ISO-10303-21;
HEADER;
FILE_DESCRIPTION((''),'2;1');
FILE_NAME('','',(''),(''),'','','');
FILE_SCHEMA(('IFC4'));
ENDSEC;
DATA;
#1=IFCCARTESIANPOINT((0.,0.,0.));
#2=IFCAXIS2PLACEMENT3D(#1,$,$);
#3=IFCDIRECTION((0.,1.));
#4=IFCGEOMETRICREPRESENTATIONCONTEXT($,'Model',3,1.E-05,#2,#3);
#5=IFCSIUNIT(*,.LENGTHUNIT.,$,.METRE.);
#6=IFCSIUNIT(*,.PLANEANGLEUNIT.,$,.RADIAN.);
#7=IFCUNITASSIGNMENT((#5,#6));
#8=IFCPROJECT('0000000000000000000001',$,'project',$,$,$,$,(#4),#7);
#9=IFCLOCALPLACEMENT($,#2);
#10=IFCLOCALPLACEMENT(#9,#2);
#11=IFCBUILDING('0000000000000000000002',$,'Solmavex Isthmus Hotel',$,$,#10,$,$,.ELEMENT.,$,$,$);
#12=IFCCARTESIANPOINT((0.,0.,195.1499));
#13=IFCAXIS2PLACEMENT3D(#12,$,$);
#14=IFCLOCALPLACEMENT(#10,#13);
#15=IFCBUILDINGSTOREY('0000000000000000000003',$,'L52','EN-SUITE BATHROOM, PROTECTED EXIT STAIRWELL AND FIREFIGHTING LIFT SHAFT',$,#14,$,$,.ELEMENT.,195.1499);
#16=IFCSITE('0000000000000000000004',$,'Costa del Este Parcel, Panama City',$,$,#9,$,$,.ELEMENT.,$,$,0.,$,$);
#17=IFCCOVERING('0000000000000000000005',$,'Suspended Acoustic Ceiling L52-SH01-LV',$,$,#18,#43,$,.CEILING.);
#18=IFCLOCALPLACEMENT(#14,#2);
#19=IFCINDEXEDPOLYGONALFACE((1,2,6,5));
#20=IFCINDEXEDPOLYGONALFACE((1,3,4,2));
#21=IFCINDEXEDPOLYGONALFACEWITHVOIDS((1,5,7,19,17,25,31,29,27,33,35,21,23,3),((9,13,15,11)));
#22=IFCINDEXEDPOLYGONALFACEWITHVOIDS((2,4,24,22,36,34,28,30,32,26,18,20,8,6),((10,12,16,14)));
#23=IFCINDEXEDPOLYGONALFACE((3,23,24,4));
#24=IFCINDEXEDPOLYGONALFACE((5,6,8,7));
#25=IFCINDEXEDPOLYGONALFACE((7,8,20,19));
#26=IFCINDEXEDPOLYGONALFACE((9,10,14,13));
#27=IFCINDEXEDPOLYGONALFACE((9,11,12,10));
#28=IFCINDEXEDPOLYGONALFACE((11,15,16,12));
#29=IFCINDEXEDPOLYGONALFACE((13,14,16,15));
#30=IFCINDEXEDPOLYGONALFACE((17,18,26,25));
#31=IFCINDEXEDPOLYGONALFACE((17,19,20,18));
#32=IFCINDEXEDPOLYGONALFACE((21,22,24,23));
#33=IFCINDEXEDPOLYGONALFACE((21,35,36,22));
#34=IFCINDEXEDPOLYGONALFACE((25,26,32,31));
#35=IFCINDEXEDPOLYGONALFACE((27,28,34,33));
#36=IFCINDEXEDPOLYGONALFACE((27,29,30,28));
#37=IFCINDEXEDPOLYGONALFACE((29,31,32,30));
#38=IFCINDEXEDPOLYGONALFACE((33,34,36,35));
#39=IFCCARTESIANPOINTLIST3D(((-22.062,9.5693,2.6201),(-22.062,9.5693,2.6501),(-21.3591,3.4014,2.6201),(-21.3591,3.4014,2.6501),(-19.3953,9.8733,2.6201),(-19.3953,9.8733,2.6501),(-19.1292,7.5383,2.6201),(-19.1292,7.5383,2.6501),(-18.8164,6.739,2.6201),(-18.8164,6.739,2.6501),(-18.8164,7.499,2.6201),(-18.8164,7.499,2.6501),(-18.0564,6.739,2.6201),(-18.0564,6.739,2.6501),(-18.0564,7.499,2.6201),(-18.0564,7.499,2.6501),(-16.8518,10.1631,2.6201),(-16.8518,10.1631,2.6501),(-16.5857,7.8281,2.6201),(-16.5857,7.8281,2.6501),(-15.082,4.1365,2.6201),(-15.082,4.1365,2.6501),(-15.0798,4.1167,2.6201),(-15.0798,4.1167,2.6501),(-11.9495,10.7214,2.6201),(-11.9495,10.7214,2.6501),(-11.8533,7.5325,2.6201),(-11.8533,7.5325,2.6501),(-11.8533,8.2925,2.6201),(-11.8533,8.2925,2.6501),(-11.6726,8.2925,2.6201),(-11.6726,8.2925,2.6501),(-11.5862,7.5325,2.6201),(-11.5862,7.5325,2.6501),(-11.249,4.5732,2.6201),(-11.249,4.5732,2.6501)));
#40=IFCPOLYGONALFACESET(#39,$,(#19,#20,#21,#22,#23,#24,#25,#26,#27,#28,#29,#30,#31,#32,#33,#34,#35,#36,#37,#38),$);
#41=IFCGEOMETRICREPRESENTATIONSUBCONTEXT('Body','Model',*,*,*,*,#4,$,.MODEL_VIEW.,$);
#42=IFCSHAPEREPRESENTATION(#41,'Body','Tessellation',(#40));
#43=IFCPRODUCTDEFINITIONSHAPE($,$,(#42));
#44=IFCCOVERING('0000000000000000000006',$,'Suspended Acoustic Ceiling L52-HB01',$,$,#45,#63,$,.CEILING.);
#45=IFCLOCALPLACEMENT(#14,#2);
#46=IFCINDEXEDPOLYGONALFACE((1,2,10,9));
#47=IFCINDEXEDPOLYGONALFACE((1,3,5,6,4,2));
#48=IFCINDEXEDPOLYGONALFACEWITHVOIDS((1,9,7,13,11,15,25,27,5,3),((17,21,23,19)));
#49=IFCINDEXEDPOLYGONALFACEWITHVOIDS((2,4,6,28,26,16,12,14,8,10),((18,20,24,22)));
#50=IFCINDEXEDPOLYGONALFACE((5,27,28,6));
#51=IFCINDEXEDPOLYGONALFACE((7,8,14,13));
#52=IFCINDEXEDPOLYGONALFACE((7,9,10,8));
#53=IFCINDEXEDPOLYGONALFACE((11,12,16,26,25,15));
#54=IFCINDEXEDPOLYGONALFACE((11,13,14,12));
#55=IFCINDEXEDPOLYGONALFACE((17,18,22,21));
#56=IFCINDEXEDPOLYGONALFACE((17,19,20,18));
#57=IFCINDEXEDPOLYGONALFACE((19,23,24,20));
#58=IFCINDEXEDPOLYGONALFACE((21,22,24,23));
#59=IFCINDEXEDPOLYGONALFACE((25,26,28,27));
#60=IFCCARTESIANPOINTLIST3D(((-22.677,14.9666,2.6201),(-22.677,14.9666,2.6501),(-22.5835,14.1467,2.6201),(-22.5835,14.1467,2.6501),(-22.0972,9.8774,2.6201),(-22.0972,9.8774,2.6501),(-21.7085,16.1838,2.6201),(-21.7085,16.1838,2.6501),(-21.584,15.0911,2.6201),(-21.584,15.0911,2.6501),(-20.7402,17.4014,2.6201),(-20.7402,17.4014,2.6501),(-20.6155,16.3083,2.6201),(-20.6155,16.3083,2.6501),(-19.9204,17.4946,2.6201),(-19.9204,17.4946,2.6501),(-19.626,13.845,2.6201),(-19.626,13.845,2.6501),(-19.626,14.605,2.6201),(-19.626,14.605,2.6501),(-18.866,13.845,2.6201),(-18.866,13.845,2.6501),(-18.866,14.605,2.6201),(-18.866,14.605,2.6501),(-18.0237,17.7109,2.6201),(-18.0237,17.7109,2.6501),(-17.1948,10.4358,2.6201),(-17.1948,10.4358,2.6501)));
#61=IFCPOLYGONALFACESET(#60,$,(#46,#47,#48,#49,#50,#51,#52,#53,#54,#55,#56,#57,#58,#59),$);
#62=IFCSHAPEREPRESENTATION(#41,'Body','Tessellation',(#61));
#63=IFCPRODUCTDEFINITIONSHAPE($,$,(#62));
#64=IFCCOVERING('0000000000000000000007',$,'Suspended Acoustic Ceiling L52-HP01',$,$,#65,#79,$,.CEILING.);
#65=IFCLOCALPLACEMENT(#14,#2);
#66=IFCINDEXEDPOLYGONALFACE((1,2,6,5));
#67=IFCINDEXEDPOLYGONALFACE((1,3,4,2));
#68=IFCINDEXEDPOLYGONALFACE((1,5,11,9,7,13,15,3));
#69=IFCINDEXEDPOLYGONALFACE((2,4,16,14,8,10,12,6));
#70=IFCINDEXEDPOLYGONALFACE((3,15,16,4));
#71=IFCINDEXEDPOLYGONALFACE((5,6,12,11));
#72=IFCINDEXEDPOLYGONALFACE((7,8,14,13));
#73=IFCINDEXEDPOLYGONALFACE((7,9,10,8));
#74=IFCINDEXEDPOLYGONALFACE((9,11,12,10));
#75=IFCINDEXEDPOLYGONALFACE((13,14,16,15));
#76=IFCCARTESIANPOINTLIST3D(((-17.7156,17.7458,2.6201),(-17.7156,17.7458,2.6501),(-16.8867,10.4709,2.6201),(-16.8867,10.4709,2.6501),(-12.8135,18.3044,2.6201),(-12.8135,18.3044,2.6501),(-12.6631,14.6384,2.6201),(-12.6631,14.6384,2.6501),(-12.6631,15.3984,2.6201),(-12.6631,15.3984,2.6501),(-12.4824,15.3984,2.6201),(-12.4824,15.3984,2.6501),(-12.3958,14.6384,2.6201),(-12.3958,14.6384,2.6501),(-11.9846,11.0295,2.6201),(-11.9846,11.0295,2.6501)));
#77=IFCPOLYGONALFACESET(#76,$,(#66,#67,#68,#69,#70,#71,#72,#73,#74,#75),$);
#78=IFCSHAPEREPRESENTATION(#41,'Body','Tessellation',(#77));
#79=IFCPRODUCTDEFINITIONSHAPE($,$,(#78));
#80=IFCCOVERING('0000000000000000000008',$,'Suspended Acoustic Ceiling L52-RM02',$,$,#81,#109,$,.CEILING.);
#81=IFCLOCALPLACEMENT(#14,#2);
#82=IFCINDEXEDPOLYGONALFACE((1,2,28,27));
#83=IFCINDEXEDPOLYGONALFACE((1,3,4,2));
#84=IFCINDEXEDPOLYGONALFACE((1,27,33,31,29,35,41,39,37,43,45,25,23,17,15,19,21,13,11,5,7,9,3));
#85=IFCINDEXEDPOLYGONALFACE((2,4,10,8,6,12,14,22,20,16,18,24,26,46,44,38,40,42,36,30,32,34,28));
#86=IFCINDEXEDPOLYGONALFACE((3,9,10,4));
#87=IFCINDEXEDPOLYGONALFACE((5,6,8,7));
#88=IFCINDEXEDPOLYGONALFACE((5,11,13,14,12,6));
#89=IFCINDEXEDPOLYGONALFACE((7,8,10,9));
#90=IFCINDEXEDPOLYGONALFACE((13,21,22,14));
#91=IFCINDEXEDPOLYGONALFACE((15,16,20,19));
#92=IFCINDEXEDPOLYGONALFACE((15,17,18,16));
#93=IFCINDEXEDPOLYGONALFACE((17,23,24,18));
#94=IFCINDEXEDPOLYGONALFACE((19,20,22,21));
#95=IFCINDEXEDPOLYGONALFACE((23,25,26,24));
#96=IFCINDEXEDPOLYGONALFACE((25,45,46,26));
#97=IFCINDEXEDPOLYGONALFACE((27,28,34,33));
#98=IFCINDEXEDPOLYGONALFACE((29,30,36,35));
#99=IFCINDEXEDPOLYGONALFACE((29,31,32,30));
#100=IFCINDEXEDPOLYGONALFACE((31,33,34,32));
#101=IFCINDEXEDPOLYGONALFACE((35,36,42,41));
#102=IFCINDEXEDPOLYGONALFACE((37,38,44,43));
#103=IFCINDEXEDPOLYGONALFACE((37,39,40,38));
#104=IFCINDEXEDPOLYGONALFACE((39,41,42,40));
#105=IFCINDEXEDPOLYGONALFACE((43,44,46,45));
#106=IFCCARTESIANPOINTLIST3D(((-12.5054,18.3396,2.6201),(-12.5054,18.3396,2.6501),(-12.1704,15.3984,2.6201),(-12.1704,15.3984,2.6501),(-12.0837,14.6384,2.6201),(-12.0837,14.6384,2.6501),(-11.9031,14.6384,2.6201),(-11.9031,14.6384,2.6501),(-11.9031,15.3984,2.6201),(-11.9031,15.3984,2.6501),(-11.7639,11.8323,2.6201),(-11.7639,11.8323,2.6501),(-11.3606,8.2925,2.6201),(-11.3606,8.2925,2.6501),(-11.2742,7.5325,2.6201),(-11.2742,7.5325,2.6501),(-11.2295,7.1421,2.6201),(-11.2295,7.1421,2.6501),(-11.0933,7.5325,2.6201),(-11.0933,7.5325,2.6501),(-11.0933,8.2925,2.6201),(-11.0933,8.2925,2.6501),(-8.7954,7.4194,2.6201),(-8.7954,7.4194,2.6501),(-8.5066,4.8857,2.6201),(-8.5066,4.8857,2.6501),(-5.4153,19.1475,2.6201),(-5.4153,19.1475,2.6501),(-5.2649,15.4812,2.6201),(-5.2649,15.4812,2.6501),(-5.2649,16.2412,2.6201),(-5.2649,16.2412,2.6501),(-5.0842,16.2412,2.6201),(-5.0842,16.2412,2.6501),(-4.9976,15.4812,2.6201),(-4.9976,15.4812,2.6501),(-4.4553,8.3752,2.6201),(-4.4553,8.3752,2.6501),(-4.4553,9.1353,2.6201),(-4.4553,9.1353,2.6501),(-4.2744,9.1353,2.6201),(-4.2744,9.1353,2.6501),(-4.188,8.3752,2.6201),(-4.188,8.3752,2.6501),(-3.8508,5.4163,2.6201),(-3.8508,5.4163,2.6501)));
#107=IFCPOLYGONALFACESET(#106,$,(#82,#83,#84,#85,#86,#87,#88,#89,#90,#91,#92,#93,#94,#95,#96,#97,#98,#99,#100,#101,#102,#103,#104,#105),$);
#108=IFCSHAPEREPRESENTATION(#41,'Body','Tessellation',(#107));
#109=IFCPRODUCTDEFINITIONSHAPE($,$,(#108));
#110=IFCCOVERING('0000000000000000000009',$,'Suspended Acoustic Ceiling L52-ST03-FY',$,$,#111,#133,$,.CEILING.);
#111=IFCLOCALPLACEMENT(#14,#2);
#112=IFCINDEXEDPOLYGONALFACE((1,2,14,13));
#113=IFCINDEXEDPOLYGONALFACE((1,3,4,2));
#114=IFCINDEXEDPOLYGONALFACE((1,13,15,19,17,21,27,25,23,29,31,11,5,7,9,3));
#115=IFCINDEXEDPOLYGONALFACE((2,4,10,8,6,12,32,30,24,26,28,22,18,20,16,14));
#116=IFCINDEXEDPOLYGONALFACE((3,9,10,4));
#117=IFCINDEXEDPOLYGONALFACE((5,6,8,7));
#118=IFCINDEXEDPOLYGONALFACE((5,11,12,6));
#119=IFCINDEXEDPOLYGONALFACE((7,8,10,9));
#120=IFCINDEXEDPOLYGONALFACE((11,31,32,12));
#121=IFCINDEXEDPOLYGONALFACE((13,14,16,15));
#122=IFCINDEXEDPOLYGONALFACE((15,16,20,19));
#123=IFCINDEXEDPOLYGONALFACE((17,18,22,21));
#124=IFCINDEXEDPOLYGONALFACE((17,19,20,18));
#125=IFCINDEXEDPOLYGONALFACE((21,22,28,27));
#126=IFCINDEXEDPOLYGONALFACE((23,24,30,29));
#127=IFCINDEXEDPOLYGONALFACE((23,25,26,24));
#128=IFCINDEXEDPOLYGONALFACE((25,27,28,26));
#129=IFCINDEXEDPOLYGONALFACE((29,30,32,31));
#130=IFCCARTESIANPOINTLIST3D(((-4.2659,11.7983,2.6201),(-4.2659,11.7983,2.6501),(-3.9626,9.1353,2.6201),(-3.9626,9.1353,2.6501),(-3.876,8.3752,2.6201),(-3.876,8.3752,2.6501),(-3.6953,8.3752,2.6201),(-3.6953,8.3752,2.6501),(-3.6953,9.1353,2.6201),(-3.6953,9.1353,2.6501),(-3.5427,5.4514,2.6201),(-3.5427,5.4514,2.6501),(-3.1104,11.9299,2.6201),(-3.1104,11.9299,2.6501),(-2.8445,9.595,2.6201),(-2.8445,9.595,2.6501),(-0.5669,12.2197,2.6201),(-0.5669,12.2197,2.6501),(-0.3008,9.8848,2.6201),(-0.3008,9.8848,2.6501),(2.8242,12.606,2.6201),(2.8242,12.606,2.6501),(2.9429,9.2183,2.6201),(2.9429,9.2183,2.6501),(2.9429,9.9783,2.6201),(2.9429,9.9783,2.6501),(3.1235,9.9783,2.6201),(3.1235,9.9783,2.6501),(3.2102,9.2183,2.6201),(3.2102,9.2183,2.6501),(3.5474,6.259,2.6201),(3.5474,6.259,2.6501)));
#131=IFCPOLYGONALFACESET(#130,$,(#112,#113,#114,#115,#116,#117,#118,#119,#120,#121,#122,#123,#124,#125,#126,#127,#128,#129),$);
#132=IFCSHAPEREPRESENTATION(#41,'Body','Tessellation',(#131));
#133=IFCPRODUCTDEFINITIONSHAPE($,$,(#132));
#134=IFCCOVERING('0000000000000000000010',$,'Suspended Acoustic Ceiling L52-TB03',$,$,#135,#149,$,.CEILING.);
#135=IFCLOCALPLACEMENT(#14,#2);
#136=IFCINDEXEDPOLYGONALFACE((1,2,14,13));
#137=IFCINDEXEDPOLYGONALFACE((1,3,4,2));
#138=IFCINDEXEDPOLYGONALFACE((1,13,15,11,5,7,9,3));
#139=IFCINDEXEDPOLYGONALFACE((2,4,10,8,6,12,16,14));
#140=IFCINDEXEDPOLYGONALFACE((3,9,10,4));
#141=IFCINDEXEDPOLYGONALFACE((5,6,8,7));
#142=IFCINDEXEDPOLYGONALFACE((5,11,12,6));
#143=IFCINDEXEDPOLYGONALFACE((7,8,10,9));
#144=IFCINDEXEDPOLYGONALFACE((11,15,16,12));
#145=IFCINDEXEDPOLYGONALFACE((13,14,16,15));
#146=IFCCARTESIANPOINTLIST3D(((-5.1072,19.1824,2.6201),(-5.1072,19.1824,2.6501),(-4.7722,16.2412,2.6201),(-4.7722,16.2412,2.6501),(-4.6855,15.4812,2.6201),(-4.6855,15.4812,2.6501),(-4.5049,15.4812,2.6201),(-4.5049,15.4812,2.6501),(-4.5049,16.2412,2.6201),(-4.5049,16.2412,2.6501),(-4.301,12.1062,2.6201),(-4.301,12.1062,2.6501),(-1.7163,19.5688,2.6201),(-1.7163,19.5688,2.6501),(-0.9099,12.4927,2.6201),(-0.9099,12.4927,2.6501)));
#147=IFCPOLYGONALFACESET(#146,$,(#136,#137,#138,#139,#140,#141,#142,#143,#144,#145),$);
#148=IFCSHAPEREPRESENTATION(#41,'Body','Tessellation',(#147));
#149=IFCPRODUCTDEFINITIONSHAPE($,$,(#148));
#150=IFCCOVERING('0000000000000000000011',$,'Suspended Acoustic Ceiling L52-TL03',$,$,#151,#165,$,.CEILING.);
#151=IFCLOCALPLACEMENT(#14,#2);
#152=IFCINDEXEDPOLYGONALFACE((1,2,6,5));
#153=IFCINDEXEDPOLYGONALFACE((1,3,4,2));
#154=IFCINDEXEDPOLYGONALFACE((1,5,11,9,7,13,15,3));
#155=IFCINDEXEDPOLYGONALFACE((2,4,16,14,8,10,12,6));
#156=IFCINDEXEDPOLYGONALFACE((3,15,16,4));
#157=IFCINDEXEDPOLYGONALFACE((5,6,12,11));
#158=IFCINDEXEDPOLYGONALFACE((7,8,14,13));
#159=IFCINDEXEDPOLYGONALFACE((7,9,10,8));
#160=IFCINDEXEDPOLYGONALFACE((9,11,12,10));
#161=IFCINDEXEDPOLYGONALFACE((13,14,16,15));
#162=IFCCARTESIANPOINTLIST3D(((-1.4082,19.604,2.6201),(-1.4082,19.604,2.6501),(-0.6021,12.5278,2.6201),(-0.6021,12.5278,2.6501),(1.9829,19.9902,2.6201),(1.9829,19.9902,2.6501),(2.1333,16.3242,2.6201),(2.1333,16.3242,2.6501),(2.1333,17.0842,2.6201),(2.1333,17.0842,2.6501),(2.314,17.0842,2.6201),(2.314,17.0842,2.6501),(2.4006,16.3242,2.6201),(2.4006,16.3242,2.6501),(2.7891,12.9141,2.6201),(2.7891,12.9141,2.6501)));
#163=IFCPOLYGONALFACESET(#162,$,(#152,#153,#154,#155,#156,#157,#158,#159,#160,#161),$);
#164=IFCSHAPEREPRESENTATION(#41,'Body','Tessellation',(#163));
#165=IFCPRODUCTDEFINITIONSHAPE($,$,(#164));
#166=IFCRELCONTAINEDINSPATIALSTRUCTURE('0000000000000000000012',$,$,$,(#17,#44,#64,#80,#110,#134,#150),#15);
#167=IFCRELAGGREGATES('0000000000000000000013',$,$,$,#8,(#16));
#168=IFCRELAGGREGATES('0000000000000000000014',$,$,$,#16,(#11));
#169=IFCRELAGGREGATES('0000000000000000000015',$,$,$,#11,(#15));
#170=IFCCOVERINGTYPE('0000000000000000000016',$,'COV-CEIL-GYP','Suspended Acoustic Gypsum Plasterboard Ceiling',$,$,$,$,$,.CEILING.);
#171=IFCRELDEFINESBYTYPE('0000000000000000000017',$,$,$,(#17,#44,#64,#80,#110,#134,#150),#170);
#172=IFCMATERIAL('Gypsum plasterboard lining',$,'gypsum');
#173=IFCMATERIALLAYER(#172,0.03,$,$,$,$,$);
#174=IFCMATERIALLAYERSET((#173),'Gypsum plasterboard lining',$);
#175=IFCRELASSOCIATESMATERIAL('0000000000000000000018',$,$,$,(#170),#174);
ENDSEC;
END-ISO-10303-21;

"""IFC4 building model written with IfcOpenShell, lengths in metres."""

from ifc_helpers import new_model, si_unit, direction, frame, origin, place, context, subcontext, project, spatial, polyline, outline, extrude, material, layer, layer_set, type_object, element, save


model = new_model("IFC4")

# Units and contexts
model_context = context("Model", 3, precision=1e-05, world=origin(), true_north=direction((0.0, 1.0)))
body_context = subcontext(model_context, "Body", "Model", "MODEL_VIEW")
ifc_project = project(units=[si_unit("LENGTHUNIT", "METRE"), si_unit("PLANEANGLEUNIT", "RADIAN")], contexts=[model_context])

# Site, building, storey
site_placement = place(None, origin())
site = spatial("IfcSite", under=ifc_project, at=site_placement, Name="Costa del Este Parcel, Panama City", CompositionType="ELEMENT", RefElevation=0.0)
building_placement = place(site_placement, origin())
building = spatial("IfcBuilding", under=site, at=building_placement, Name="Solmavex Isthmus Hotel", CompositionType="ELEMENT")
storey_placement = place(building_placement, frame((0.0, 0.0, 195.1499)))
storey = spatial("IfcBuildingStorey", under=building, at=storey_placement, Name="L52", Description="EN-SUITE BATHROOM, PROTECTED EXIT STAIRWELL AND FIREFIGHTING LIFT SHAFT", CompositionType="ELEMENT", Elevation=195.1499)

# Shared definitions
ifc_material_1 = material(Name="Gypsum plasterboard lining", Category="gypsum")

# Coverings
ifc_layer_1 = layer(ifc_material_1, 0.03)
ifc_layer_set_1 = layer_set([ifc_layer_1], Name="Gypsum plasterboard lining")
covering_type_1 = type_object("IfcCoveringType", Name="COV-CEIL-GYP", Description="Suspended Acoustic Gypsum Plasterboard Ceiling", PredefinedType="CEILING", material=ifc_layer_set_1)
covering_1_placement = place(storey_placement, frame((0.0, 0.0, 2.6201)))
element("IfcCovering", 1, at=covering_1_placement, inside=storey, type_object=covering_type_1, Name="Suspended Acoustic Ceiling L52-SH01-LV", PredefinedType="CEILING", context=body_context, shape_type="SweptSolid", body=[
    extrude(outline(polyline([(-15.0798, 4.1167), (-15.082, 4.1365), (-11.249, 4.5732), (-11.5862, 7.5325), (-11.8533, 7.5325), (-11.8533, 8.2925), (-11.6726, 8.2925), (-11.9495, 10.7214), (-16.8518, 10.1631), (-16.5857, 7.8281), (-19.1292, 7.5383), (-19.3953, 9.8733), (-22.062, 9.5693), (-21.3591, 3.4014), (-15.0798, 4.1167)]), holes=[polyline([(-18.8164, 6.739), (-18.8164, 7.499), (-18.0564, 7.499), (-18.0564, 6.739), (-18.8164, 6.739)])]), origin(), (0.0, 0.0, 1.0), 0.03),
])
covering_2_placement = place(storey_placement, frame((0.0, 0.0, 2.6201)))
element("IfcCovering", 2, at=covering_2_placement, inside=storey, type_object=covering_type_1, Name="Suspended Acoustic Ceiling L52-HB01", PredefinedType="CEILING", context=body_context, shape_type="SweptSolid", body=[
    extrude(outline(polyline([(-22.677, 14.9666), (-22.5835, 14.1467), (-22.0972, 9.8774), (-17.1948, 10.4358), (-18.0237, 17.7109), (-19.9204, 17.4946), (-20.7402, 17.4014), (-20.6155, 16.3083), (-21.7085, 16.1838), (-21.584, 15.0911), (-22.677, 14.9666)]), holes=[polyline([(-19.626, 13.845), (-19.626, 14.605), (-18.866, 14.605), (-18.866, 13.845), (-19.626, 13.845)])]), origin(), (0.0, 0.0, 1.0), 0.03),
])
covering_3_placement = place(storey_placement, frame((0.0, 0.0, 2.6201)))
element("IfcCovering", 3, at=covering_3_placement, inside=storey, type_object=covering_type_1, Name="Suspended Acoustic Ceiling L52-HP01", PredefinedType="CEILING", context=body_context, shape_type="SweptSolid", body=[
    extrude(outline(polyline([(-12.3958, 14.6384), (-12.6631, 14.6384), (-12.6631, 15.3984), (-12.4824, 15.3984), (-12.8135, 18.3044), (-17.7156, 17.7458), (-16.8867, 10.4709), (-11.9846, 11.0295), (-12.3958, 14.6384)])), origin(), (0.0, 0.0, 1.0), 0.03),
])
covering_4_placement = place(storey_placement, frame((0.0, 0.0, 2.6201)))
element("IfcCovering", 4, at=covering_4_placement, inside=storey, type_object=covering_type_1, Name="Suspended Acoustic Ceiling L52-RM02", PredefinedType="CEILING", context=body_context, shape_type="SweptSolid", body=[
    extrude(outline(polyline([(-11.3606, 8.2925), (-11.0933, 8.2925), (-11.0933, 7.5325), (-11.2742, 7.5325), (-11.2295, 7.1421), (-8.7954, 7.4194), (-8.5066, 4.8857), (-3.8508, 5.4163), (-4.188, 8.3752), (-4.4553, 8.3752), (-4.4553, 9.1353), (-4.2744, 9.1353), (-4.9976, 15.4812), (-5.2649, 15.4812), (-5.2649, 16.2412), (-5.0842, 16.2412), (-5.4153, 19.1475), (-12.5054, 18.3396), (-12.1704, 15.3984), (-11.9031, 15.3984), (-11.9031, 14.6384), (-12.0837, 14.6384), (-11.7639, 11.8323), (-11.3606, 8.2925)])), origin(), (0.0, 0.0, 1.0), 0.03),
])
covering_5_placement = place(storey_placement, frame((0.0, 0.0, 2.6201)))
element("IfcCovering", 5, at=covering_5_placement, inside=storey, type_object=covering_type_1, Name="Suspended Acoustic Ceiling L52-ST03-FY", PredefinedType="CEILING", context=body_context, shape_type="SweptSolid", body=[
    extrude(outline(polyline([(3.2102, 9.2183), (2.9429, 9.2183), (2.9429, 9.9783), (3.1235, 9.9783), (2.8242, 12.606), (-0.5669, 12.2197), (-0.3008, 9.8848), (-2.8445, 9.595), (-3.1104, 11.9299), (-4.2659, 11.7983), (-3.9626, 9.1353), (-3.6953, 9.1353), (-3.6953, 8.3752), (-3.876, 8.3752), (-3.5427, 5.4514), (3.5474, 6.259), (3.2102, 9.2183)])), origin(), (0.0, 0.0, 1.0), 0.03),
])
covering_6_placement = place(storey_placement, frame((0.0, 0.0, 2.6201)))
element("IfcCovering", 6, at=covering_6_placement, inside=storey, type_object=covering_type_1, Name="Suspended Acoustic Ceiling L52-TB03", PredefinedType="CEILING", context=body_context, shape_type="SweptSolid", body=[
    extrude(outline(polyline([(-4.7722, 16.2412), (-4.5049, 16.2412), (-4.5049, 15.4812), (-4.6855, 15.4812), (-4.301, 12.1062), (-0.9099, 12.4927), (-1.7163, 19.5688), (-5.1072, 19.1824), (-4.7722, 16.2412)])), origin(), (0.0, 0.0, 1.0), 0.03),
])
covering_7_placement = place(storey_placement, frame((0.0, 0.0, 2.6201)))
element("IfcCovering", 7, at=covering_7_placement, inside=storey, type_object=covering_type_1, Name="Suspended Acoustic Ceiling L52-TL03", PredefinedType="CEILING", context=body_context, shape_type="SweptSolid", body=[
    extrude(outline(polyline([(2.4006, 16.3242), (2.1333, 16.3242), (2.1333, 17.0842), (2.314, 17.0842), (1.9829, 19.9902), (-1.4082, 19.604), (-0.6021, 12.5278), (2.7891, 12.9141), (2.4006, 16.3242)])), origin(), (0.0, 0.0, 1.0), 0.03),
])

save(model, "model.ifc")
